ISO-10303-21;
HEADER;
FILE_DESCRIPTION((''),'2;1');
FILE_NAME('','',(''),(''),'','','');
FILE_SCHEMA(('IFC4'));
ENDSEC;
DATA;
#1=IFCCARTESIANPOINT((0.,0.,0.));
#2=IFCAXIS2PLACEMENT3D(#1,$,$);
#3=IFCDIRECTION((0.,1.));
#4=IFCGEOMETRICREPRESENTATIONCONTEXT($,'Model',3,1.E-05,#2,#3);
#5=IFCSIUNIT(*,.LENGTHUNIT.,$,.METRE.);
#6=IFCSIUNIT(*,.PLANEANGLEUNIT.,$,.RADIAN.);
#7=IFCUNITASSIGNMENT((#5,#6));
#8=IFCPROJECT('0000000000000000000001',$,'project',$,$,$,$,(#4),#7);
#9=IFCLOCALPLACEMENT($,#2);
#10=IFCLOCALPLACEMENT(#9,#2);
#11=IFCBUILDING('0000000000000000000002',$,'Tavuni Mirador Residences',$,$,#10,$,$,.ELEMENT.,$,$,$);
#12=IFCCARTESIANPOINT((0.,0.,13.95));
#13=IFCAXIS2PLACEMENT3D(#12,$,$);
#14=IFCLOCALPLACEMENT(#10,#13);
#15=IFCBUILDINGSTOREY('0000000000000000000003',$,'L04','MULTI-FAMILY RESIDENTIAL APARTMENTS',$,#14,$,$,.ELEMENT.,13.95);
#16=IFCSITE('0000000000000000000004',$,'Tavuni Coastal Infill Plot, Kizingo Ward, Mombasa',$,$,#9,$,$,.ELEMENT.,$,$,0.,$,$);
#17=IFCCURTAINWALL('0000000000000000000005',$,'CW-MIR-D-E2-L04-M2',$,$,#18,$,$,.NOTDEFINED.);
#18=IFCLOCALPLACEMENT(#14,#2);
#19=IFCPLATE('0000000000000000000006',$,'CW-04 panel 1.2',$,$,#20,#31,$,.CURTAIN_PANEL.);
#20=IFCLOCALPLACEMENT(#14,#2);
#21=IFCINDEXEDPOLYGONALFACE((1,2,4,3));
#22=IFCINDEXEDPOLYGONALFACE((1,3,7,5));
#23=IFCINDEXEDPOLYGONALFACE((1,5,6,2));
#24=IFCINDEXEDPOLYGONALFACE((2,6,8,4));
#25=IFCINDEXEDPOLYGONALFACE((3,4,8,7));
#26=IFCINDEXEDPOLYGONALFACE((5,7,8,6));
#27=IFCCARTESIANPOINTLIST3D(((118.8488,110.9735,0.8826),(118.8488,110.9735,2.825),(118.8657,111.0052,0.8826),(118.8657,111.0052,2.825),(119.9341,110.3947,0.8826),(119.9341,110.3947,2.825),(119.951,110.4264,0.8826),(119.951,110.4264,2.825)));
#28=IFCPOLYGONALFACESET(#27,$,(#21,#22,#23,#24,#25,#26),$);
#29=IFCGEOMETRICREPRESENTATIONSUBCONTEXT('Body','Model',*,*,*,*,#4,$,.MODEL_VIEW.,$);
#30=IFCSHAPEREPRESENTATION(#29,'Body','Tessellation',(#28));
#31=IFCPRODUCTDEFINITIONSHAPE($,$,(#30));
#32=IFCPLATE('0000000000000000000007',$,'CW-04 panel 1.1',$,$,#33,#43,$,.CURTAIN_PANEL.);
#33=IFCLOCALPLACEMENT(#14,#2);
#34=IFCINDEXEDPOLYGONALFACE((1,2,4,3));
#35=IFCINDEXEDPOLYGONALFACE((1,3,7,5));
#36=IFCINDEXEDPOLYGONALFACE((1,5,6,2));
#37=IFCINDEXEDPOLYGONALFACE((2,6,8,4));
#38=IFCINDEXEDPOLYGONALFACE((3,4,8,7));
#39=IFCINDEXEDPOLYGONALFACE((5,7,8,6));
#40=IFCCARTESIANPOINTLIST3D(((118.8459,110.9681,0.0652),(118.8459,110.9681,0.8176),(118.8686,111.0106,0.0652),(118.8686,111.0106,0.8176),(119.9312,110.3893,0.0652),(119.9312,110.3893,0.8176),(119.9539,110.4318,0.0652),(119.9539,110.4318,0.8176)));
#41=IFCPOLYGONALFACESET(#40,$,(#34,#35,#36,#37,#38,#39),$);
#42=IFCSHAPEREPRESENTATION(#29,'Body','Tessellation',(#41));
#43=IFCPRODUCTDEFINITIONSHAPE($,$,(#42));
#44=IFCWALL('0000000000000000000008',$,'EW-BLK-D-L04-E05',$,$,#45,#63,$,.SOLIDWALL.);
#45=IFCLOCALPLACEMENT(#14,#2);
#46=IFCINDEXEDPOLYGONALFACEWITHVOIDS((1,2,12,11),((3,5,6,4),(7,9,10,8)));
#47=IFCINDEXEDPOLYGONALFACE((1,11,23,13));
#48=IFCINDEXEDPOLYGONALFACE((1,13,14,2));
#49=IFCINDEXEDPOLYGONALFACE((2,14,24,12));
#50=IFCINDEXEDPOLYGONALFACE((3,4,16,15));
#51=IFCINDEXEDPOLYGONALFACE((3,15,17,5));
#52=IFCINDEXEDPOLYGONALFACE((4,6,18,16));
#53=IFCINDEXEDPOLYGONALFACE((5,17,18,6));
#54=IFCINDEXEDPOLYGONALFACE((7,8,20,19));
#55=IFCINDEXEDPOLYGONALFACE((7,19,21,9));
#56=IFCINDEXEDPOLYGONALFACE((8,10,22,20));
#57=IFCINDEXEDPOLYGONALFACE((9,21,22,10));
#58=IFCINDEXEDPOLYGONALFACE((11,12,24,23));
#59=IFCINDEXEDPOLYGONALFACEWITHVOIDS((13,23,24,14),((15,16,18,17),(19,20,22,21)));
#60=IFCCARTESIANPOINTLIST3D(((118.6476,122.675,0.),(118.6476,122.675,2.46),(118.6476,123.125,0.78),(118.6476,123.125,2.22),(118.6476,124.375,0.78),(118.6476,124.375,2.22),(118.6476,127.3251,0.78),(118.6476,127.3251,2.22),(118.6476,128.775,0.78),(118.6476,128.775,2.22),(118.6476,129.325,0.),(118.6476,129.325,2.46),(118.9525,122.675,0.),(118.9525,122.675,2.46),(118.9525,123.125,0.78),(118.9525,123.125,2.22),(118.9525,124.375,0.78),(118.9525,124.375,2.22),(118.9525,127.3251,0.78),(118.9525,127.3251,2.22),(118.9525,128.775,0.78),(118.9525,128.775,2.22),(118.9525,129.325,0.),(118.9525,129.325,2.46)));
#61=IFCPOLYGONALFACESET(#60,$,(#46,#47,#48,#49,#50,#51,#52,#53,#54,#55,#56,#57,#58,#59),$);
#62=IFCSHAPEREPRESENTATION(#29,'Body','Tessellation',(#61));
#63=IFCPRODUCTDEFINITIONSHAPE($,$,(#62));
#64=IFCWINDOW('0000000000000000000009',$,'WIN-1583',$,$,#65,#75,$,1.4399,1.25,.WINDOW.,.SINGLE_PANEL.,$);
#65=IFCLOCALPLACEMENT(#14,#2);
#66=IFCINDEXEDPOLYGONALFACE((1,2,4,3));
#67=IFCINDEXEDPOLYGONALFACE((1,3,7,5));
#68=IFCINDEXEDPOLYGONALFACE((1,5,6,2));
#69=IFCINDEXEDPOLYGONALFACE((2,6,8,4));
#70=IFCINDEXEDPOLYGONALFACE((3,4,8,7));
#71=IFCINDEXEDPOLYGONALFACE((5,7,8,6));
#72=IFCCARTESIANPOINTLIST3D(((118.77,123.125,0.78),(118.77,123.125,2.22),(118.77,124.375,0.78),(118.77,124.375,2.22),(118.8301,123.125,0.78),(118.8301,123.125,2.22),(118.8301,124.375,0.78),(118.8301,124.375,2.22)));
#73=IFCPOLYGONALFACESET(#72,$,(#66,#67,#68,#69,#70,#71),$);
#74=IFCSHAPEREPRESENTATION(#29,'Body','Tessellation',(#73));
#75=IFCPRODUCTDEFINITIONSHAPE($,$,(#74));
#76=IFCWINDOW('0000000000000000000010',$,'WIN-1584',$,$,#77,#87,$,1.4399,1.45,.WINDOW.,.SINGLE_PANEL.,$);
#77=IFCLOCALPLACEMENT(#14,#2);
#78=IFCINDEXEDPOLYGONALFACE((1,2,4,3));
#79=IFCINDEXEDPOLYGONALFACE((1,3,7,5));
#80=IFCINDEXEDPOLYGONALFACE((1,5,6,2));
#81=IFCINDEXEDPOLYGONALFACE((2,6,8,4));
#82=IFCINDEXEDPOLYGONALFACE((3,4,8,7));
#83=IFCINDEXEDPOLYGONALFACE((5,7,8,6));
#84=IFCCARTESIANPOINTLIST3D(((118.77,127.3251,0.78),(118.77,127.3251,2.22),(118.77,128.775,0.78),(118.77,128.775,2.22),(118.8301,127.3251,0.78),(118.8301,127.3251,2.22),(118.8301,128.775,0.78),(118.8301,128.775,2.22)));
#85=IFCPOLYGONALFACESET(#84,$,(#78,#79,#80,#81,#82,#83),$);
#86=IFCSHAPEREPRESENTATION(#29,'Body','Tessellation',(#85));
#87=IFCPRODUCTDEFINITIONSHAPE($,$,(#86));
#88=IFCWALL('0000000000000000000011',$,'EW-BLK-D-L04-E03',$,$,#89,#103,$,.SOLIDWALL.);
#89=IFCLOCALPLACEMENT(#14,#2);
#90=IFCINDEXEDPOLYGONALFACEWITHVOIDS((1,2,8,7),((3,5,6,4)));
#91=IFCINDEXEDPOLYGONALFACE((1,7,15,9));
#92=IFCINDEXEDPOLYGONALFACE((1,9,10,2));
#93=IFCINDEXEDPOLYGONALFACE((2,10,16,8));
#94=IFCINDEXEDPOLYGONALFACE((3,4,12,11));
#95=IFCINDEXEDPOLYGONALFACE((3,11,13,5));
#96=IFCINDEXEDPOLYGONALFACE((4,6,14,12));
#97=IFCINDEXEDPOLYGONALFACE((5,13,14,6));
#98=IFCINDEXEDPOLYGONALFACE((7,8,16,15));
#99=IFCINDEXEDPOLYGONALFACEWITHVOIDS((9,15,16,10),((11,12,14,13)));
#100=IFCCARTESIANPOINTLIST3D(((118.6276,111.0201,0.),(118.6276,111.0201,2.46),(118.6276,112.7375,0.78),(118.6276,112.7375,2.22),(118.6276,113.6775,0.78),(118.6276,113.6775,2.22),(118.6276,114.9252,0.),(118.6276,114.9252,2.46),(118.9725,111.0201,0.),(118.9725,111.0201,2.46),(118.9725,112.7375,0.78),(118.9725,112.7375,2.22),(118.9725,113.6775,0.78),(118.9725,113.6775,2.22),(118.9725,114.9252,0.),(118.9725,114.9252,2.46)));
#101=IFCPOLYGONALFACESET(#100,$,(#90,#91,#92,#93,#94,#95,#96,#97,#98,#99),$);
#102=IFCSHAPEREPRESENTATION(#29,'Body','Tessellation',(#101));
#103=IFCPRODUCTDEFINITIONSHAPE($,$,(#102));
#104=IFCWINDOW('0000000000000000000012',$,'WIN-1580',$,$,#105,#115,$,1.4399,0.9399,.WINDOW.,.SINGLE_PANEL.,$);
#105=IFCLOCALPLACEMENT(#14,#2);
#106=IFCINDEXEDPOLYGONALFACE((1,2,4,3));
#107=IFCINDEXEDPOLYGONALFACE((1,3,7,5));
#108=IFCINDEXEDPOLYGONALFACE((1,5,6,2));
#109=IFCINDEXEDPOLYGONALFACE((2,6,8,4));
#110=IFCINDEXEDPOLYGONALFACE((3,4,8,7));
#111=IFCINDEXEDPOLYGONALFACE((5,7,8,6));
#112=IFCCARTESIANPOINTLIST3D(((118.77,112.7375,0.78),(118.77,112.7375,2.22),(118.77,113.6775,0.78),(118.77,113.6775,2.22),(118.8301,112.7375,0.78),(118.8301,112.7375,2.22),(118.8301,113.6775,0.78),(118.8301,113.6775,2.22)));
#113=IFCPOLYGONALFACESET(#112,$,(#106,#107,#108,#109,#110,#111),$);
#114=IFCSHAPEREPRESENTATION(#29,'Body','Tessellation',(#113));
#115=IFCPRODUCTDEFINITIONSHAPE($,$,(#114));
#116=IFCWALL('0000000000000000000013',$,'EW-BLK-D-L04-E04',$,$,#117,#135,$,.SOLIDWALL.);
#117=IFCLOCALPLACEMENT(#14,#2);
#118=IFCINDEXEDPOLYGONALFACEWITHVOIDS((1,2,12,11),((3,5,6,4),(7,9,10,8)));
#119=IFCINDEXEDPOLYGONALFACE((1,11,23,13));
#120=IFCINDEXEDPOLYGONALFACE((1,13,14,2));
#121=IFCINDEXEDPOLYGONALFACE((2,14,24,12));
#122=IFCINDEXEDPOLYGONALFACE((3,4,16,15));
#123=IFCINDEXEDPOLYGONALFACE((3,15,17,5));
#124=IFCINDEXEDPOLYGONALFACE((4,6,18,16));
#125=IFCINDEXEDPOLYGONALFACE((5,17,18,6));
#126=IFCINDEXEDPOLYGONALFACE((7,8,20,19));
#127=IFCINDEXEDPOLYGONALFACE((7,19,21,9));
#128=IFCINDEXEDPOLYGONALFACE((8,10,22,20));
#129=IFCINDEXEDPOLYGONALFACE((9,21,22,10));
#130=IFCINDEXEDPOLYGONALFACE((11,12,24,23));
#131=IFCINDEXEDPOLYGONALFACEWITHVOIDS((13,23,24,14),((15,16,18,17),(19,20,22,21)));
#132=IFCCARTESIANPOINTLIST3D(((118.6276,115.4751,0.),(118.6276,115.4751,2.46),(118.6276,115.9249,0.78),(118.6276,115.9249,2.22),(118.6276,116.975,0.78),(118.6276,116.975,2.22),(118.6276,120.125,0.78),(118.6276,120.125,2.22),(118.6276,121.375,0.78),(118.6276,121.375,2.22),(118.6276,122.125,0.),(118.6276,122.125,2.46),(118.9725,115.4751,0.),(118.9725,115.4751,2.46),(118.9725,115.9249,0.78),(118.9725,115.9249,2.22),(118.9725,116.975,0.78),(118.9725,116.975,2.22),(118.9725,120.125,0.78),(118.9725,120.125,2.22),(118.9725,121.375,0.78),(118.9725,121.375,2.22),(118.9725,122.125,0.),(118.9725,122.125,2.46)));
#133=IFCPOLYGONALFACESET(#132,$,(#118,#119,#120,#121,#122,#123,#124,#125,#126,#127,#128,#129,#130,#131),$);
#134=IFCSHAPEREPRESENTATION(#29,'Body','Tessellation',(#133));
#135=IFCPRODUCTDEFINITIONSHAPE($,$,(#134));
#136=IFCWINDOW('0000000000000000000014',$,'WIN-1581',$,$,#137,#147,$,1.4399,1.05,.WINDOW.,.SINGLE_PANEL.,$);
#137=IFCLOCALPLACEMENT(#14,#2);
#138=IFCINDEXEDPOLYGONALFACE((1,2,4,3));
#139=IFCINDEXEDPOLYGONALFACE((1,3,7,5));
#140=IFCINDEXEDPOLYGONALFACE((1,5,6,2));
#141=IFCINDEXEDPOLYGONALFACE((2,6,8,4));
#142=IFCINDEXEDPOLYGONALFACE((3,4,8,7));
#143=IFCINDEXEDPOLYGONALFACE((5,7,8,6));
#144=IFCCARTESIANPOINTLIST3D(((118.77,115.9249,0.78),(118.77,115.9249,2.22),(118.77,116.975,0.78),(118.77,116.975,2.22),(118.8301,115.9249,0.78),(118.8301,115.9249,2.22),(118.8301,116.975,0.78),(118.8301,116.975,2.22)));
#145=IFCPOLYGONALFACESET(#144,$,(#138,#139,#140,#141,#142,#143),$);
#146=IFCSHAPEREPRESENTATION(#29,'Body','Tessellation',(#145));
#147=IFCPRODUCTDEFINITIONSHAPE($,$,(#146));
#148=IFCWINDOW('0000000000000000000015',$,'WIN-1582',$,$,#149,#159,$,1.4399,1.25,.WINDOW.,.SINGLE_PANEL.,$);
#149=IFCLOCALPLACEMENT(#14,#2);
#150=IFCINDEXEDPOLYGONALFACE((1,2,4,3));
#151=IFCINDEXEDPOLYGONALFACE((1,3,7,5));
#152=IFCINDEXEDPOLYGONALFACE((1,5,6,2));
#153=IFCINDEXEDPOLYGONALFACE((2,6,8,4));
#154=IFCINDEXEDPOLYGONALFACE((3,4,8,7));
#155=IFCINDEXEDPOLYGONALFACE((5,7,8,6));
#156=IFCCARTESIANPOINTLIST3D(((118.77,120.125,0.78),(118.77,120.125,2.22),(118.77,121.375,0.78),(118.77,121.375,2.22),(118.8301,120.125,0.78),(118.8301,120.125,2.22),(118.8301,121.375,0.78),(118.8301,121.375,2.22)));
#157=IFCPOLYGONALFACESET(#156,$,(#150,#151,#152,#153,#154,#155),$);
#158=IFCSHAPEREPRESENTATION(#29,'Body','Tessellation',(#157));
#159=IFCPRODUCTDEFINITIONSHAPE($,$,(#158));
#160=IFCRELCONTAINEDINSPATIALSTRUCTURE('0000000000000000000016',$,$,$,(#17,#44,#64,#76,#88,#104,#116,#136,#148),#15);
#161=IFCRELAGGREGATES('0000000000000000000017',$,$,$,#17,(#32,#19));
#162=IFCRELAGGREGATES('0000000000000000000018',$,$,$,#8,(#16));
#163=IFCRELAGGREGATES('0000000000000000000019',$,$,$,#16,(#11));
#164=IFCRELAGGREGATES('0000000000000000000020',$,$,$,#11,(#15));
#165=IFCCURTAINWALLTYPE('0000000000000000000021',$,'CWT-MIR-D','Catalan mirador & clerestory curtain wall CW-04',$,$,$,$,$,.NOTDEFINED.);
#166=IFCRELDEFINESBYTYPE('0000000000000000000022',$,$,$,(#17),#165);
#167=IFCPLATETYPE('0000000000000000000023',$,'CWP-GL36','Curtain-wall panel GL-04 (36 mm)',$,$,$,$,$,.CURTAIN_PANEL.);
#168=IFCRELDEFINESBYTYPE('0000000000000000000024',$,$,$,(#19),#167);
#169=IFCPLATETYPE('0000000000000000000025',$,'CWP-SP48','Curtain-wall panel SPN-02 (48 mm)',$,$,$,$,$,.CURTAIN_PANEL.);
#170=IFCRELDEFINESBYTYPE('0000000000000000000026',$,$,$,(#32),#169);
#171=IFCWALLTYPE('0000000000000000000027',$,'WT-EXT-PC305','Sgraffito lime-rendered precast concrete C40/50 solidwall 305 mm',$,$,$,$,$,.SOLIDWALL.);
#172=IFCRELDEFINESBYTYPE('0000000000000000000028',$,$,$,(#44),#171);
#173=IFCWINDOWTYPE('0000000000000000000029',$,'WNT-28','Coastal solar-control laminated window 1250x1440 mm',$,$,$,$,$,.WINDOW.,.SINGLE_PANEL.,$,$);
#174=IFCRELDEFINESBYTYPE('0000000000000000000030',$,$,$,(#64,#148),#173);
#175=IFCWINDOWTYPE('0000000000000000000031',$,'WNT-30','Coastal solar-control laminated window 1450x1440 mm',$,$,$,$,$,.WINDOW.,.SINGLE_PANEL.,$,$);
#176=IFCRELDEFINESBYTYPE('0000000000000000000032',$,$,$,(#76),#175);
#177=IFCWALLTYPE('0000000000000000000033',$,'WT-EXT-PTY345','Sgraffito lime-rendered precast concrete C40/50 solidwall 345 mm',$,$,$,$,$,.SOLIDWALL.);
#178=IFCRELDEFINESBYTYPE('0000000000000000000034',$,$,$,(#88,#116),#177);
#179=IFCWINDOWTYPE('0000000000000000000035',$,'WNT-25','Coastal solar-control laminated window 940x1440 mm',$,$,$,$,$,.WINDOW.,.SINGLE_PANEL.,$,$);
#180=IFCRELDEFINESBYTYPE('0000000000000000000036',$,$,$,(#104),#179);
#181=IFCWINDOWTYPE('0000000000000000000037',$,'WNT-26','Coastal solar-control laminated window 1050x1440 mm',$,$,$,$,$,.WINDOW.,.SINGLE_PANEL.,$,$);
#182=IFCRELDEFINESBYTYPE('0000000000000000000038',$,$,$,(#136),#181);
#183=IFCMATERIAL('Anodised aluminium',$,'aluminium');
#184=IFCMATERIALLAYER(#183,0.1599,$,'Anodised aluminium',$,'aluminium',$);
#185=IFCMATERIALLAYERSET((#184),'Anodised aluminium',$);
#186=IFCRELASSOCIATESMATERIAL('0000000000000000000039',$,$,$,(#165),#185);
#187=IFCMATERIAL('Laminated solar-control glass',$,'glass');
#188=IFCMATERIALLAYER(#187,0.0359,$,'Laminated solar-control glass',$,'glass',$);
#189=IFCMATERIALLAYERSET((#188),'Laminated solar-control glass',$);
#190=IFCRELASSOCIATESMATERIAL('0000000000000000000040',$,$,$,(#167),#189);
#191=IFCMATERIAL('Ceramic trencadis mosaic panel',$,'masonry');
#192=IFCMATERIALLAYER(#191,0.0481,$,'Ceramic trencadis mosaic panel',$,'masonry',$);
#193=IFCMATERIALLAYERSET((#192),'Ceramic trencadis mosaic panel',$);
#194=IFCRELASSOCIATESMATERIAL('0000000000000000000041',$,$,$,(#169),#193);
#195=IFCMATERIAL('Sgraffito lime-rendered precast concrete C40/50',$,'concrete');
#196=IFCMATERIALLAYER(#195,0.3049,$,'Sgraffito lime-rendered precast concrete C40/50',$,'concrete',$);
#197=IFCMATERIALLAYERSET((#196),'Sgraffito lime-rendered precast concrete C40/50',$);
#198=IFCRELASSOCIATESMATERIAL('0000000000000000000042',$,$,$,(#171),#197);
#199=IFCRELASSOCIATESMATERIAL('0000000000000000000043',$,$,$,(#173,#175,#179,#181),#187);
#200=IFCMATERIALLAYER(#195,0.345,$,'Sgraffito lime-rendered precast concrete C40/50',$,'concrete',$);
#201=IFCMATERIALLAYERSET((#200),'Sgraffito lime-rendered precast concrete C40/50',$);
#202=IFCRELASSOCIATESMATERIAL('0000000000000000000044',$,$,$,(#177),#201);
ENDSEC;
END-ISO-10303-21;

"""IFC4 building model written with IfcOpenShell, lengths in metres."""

from ifc_helpers import new_model, si_unit, direction, frame, frame_2d, origin, origin_2d, place, context, subcontext, project, spatial, rectangle, extrude, material, layer, layer_set, type_object, element, fill, aggregate, save


model = new_model("IFC4")

# Units and contexts
model_context = context("Model", 3, precision=1e-05, world=origin(), true_north=direction((0.0, 1.0)))
body_context = subcontext(model_context, "Body", "Model", "MODEL_VIEW")
ifc_project = project(units=[si_unit("LENGTHUNIT", "METRE"), si_unit("PLANEANGLEUNIT", "RADIAN")], contexts=[model_context])

# Site, building, storey
site_placement = place(None, origin())
site = spatial("IfcSite", under=ifc_project, at=site_placement, Name="Tavuni Coastal Infill Plot, Kizingo Ward, Mombasa", CompositionType="ELEMENT", RefElevation=0.0)
building_placement = place(site_placement, origin())
building = spatial("IfcBuilding", under=site, at=building_placement, Name="Tavuni Mirador Residences", CompositionType="ELEMENT")
storey_placement = place(building_placement, frame((0.0, 0.0, 13.95)))
storey = spatial("IfcBuildingStorey", under=building, at=storey_placement, Name="L04", Description="MULTI-FAMILY RESIDENTIAL APARTMENTS", CompositionType="ELEMENT", Elevation=13.95)

# Shared definitions
ifc_material_1 = material(Name="Anodised aluminium", Category="aluminium")

# Curtain wall
ifc_layer_1 = layer(ifc_material_1, 0.1599, Name="Anodised aluminium", Category="aluminium")
ifc_layer_set_1 = layer_set([ifc_layer_1], Name="Anodised aluminium")
curtain_wall_type_1 = type_object("IfcCurtainWallType", Name="CWT-MIR-D", Description="Catalan mirador & clerestory curtain wall CW-04", PredefinedType="NOTDEFINED", material=ifc_layer_set_1)
curtain_wall_1_placement = place(storey_placement, origin())
curtain_wall_1 = element("IfcCurtainWall", 1, at=curtain_wall_1_placement, inside=storey, type_object=curtain_wall_type_1, Name="CW-MIR-D-E2-L04-M2", PredefinedType="NOTDEFINED")

# Plates
ifc_material_2 = material(Name="Laminated solar-control glass", Category="glass")
ifc_layer_2 = layer(ifc_material_2, 0.0359, Name="Laminated solar-control glass", Category="glass")
ifc_layer_set_2 = layer_set([ifc_layer_2], Name="Laminated solar-control glass")
plate_type_1 = type_object("IfcPlateType", Name="CWP-GL36", Description="Curtain-wall panel GL-04 (36 mm)", PredefinedType="CURTAIN_PANEL", material=ifc_layer_set_2)
plate_1_placement = place(storey_placement, frame((119.3999, 110.7, 0.8826), z_axis=(0.0, 0.0, 1.0), x_axis=(-0.882353, 0.470588, 0.0)))
plate_1 = element("IfcPlate", 2, at=plate_1_placement, type_object=plate_type_1, Name="CW-04 panel 1.2", PredefinedType="CURTAIN_PANEL", context=body_context, shape_type="SweptSolid", body=[
    extrude(rectangle(XDim=1.23, YDim=0.0359, at=origin_2d()), origin(), (0.0, 0.0, 1.0), 1.9424),
])
ifc_material_3 = material(Name="Ceramic trencadis mosaic panel", Category="masonry")
ifc_layer_3 = layer(ifc_material_3, 0.0481, Name="Ceramic trencadis mosaic panel", Category="masonry")
ifc_layer_set_3 = layer_set([ifc_layer_3], Name="Ceramic trencadis mosaic panel")
plate_type_2 = type_object("IfcPlateType", Name="CWP-SP48", Description="Curtain-wall panel SPN-02 (48 mm)", PredefinedType="CURTAIN_PANEL", material=ifc_layer_set_3)
plate_2_placement = place(storey_placement, frame((119.3999, 110.7, 0.0652), z_axis=(0.0, 0.0, 1.0), x_axis=(-0.882353, 0.470588, 0.0)))
plate_2 = element("IfcPlate", 3, at=plate_2_placement, type_object=plate_type_2, Name="CW-04 panel 1.1", PredefinedType="CURTAIN_PANEL", context=body_context, shape_type="SweptSolid", body=[
    extrude(rectangle(XDim=1.23, YDim=0.0481, at=origin_2d()), origin(), (0.0, 0.0, 1.0), 0.7524),
])
aggregate(curtain_wall_1, [plate_2, plate_1])

# Wall, openings, windows
ifc_material_4 = material(Name="Sgraffito lime-rendered precast concrete C40/50", Category="concrete")
ifc_layer_4 = layer(ifc_material_4, 0.3049, Name="Sgraffito lime-rendered precast concrete C40/50", Category="concrete")
ifc_layer_set_4 = layer_set([ifc_layer_4], Name="Sgraffito lime-rendered precast concrete C40/50")
wall_type_1 = type_object("IfcWallType", Name="WT-EXT-PC305", Description="Sgraffito lime-rendered precast concrete C40/50 solidwall 305 mm", PredefinedType="SOLIDWALL", material=ifc_layer_set_4)
wall_1_placement = place(storey_placement, frame((118.8, 122.675, 0.0), z_axis=(0.0, 0.0, 1.0), x_axis=(0.0, 1.0, 0.0)))
wall_1 = element("IfcWall", 4, at=wall_1_placement, inside=storey, type_object=wall_type_1, Name="EW-BLK-D-L04-E05", PredefinedType="SOLIDWALL", context=body_context, shape_type="SweptSolid", body=[
    extrude(rectangle(XDim=6.6499, YDim=0.3049, at=frame_2d((3.325, 0.0))), origin(), (0.0, 0.0, 1.0), 2.46),
])
opening_1_placement = place(wall_1_placement, frame((0.45, 0.0, 0.78)))
opening_1 = element("IfcOpeningElement", 5, at=opening_1_placement, cuts=wall_1, PredefinedType="OPENING", context=body_context, shape_type="SweptSolid", body=[
    extrude(rectangle(XDim=1.25, YDim=1.4399, at=frame_2d((0.625, 0.72))), frame((0.0, 0.1626, 0.0), z_axis=(0.0, -1.0, 0.0), x_axis=(1.0, 0.0, 0.0)), (0.0, 0.0, 1.0), 0.325),
])
opening_2_placement = place(wall_1_placement, frame((4.6499, 0.0, 0.78)))
opening_2 = element("IfcOpeningElement", 6, at=opening_2_placement, cuts=wall_1, PredefinedType="OPENING", context=body_context, shape_type="SweptSolid", body=[
    extrude(rectangle(XDim=1.45, YDim=1.4399, at=frame_2d((0.7251, 0.72))), frame((0.0, 0.1626, 0.0), z_axis=(0.0, -1.0, 0.0), x_axis=(1.0, 0.0, 0.0)), (0.0, 0.0, 1.0), 0.325),
])
window_type_1 = type_object("IfcWindowType", Name="WNT-28", Description="Coastal solar-control laminated window 1250x1440 mm", PartitioningType="SINGLE_PANEL", PredefinedType="WINDOW", material=ifc_material_2)
window_1_placement = place(opening_1_placement, origin())
window_1 = element("IfcWindow", 7, at=window_1_placement, inside=storey, type_object=window_type_1, Name="WIN-1583", OverallHeight=1.4399, OverallWidth=1.25, PartitioningType="SINGLE_PANEL", PredefinedType="WINDOW", context=body_context, shape_type="SweptSolid", body=[
    extrude(rectangle(XDim=1.25, YDim=1.4399, at=frame_2d((0.625, 0.72))), frame((0.0, 0.03, 0.0), z_axis=(0.0, -1.0, 0.0), x_axis=(1.0, 0.0, 0.0)), (0.0, 0.0, 1.0), 0.0601),
])
fill(opening_1, window_1)
window_type_2 = type_object("IfcWindowType", Name="WNT-30", Description="Coastal solar-control laminated window 1450x1440 mm", PartitioningType="SINGLE_PANEL", PredefinedType="WINDOW", material=ifc_material_2)
window_2_placement = place(opening_2_placement, origin())
window_2 = element("IfcWindow", 8, at=window_2_placement, inside=storey, type_object=window_type_2, Name="WIN-1584", OverallHeight=1.4399, OverallWidth=1.45, PartitioningType="SINGLE_PANEL", PredefinedType="WINDOW", context=body_context, shape_type="SweptSolid", body=[
    extrude(rectangle(XDim=1.45, YDim=1.4399, at=frame_2d((0.7251, 0.72))), frame((0.0, 0.03, 0.0), z_axis=(0.0, -1.0, 0.0), x_axis=(1.0, 0.0, 0.0)), (0.0, 0.0, 1.0), 0.0601),
])
fill(opening_2, window_2)

# Wall, opening, window
ifc_layer_5 = layer(ifc_material_4, 0.345, Name="Sgraffito lime-rendered precast concrete C40/50", Category="concrete")
ifc_layer_set_5 = layer_set([ifc_layer_5], Name="Sgraffito lime-rendered precast concrete C40/50")
wall_type_2 = type_object("IfcWallType", Name="WT-EXT-PTY345", Description="Sgraffito lime-rendered precast concrete C40/50 solidwall 345 mm", PredefinedType="SOLIDWALL", material=ifc_layer_set_5)
wall_2_placement = place(storey_placement, frame((118.8, 111.02, 0.0), z_axis=(0.0, 0.0, 1.0), x_axis=(0.0, 1.0, 0.0)))
wall_2 = element("IfcWall", 9, at=wall_2_placement, inside=storey, type_object=wall_type_2, Name="EW-BLK-D-L04-E03", PredefinedType="SOLIDWALL", context=body_context, shape_type="SweptSolid", body=[
    extrude(rectangle(XDim=3.905, YDim=0.345, at=frame_2d((1.9526, 0.0))), origin(), (0.0, 0.0, 1.0), 2.46),
])
opening_3_placement = place(wall_2_placement, frame((1.7175, 0.0, 0.78)))
opening_3 = element("IfcOpeningElement", 10, at=opening_3_placement, cuts=wall_2, PredefinedType="OPENING", context=body_context, shape_type="SweptSolid", body=[
    extrude(rectangle(XDim=0.9399, YDim=1.4399, at=frame_2d((0.47, 0.72))), frame((0.0, 0.1826, 0.0), z_axis=(0.0, -1.0, 0.0), x_axis=(1.0, 0.0, 0.0)), (0.0, 0.0, 1.0), 0.365),
])
window_type_3 = type_object("IfcWindowType", Name="WNT-25", Description="Coastal solar-control laminated window 940x1440 mm", PartitioningType="SINGLE_PANEL", PredefinedType="WINDOW", material=ifc_material_2)
window_3_placement = place(opening_3_placement, origin())
window_3 = element("IfcWindow", 11, at=window_3_placement, inside=storey, type_object=window_type_3, Name="WIN-1580", OverallHeight=1.4399, OverallWidth=0.9399, PartitioningType="SINGLE_PANEL", PredefinedType="WINDOW", context=body_context, shape_type="SweptSolid", body=[
    extrude(rectangle(XDim=0.9399, YDim=1.4399, at=frame_2d((0.47, 0.72))), frame((0.0, 0.03, 0.0), z_axis=(0.0, -1.0, 0.0), x_axis=(1.0, 0.0, 0.0)), (0.0, 0.0, 1.0), 0.0601),
])
fill(opening_3, window_3)

# Wall, openings, windows
wall_3_placement = place(storey_placement, frame((118.8, 115.4751, 0.0), z_axis=(0.0, 0.0, 1.0), x_axis=(0.0, 1.0, 0.0)))
wall_3 = element("IfcWall", 12, at=wall_3_placement, inside=storey, type_object=wall_type_2, Name="EW-BLK-D-L04-E04", PredefinedType="SOLIDWALL", context=body_context, shape_type="SweptSolid", body=[
    extrude(rectangle(XDim=6.6499, YDim=0.345, at=frame_2d((3.325, 0.0))), origin(), (0.0, 0.0, 1.0), 2.46),
])
opening_4_placement = place(wall_3_placement, frame((0.45, 0.0, 0.78)))
opening_4 = element("IfcOpeningElement", 13, at=opening_4_placement, cuts=wall_3, PredefinedType="OPENING", context=body_context, shape_type="SweptSolid", body=[
    extrude(rectangle(XDim=1.05, YDim=1.4399, at=frame_2d((0.5249, 0.72))), frame((0.0, 0.1826, 0.0), z_axis=(0.0, -1.0, 0.0), x_axis=(1.0, 0.0, 0.0)), (0.0, 0.0, 1.0), 0.365),
])
opening_5_placement = place(wall_3_placement, frame((4.6499, 0.0, 0.78)))
opening_5 = element("IfcOpeningElement", 14, at=opening_5_placement, cuts=wall_3, PredefinedType="OPENING", context=body_context, shape_type="SweptSolid", body=[
    extrude(rectangle(XDim=1.25, YDim=1.4399, at=frame_2d((0.625, 0.72))), frame((0.0, 0.1826, 0.0), z_axis=(0.0, -1.0, 0.0), x_axis=(1.0, 0.0, 0.0)), (0.0, 0.0, 1.0), 0.365),
])
window_type_4 = type_object("IfcWindowType", Name="WNT-26", Description="Coastal solar-control laminated window 1050x1440 mm", PartitioningType="SINGLE_PANEL", PredefinedType="WINDOW", material=ifc_material_2)
window_4_placement = place(opening_4_placement, origin())
window_4 = element("IfcWindow", 15, at=window_4_placement, inside=storey, type_object=window_type_4, Name="WIN-1581", OverallHeight=1.4399, OverallWidth=1.05, PartitioningType="SINGLE_PANEL", PredefinedType="WINDOW", context=body_context, shape_type="SweptSolid", body=[
    extrude(rectangle(XDim=1.05, YDim=1.4399, at=frame_2d((0.5249, 0.72))), frame((0.0, 0.03, 0.0), z_axis=(0.0, -1.0, 0.0), x_axis=(1.0, 0.0, 0.0)), (0.0, 0.0, 1.0), 0.0601),
])
fill(opening_4, window_4)
window_5_placement = place(opening_5_placement, origin())
window_5 = element("IfcWindow", 16, at=window_5_placement, inside=storey, type_object=window_type_1, Name="WIN-1582", OverallHeight=1.4399, OverallWidth=1.25, PartitioningType="SINGLE_PANEL", PredefinedType="WINDOW", context=body_context, shape_type="SweptSolid", body=[
    extrude(rectangle(XDim=1.25, YDim=1.4399, at=frame_2d((0.625, 0.72))), frame((0.0, 0.03, 0.0), z_axis=(0.0, -1.0, 0.0), x_axis=(1.0, 0.0, 0.0)), (0.0, 0.0, 1.0), 0.0601),
])
fill(opening_5, window_5)

save(model, "model.ifc")
